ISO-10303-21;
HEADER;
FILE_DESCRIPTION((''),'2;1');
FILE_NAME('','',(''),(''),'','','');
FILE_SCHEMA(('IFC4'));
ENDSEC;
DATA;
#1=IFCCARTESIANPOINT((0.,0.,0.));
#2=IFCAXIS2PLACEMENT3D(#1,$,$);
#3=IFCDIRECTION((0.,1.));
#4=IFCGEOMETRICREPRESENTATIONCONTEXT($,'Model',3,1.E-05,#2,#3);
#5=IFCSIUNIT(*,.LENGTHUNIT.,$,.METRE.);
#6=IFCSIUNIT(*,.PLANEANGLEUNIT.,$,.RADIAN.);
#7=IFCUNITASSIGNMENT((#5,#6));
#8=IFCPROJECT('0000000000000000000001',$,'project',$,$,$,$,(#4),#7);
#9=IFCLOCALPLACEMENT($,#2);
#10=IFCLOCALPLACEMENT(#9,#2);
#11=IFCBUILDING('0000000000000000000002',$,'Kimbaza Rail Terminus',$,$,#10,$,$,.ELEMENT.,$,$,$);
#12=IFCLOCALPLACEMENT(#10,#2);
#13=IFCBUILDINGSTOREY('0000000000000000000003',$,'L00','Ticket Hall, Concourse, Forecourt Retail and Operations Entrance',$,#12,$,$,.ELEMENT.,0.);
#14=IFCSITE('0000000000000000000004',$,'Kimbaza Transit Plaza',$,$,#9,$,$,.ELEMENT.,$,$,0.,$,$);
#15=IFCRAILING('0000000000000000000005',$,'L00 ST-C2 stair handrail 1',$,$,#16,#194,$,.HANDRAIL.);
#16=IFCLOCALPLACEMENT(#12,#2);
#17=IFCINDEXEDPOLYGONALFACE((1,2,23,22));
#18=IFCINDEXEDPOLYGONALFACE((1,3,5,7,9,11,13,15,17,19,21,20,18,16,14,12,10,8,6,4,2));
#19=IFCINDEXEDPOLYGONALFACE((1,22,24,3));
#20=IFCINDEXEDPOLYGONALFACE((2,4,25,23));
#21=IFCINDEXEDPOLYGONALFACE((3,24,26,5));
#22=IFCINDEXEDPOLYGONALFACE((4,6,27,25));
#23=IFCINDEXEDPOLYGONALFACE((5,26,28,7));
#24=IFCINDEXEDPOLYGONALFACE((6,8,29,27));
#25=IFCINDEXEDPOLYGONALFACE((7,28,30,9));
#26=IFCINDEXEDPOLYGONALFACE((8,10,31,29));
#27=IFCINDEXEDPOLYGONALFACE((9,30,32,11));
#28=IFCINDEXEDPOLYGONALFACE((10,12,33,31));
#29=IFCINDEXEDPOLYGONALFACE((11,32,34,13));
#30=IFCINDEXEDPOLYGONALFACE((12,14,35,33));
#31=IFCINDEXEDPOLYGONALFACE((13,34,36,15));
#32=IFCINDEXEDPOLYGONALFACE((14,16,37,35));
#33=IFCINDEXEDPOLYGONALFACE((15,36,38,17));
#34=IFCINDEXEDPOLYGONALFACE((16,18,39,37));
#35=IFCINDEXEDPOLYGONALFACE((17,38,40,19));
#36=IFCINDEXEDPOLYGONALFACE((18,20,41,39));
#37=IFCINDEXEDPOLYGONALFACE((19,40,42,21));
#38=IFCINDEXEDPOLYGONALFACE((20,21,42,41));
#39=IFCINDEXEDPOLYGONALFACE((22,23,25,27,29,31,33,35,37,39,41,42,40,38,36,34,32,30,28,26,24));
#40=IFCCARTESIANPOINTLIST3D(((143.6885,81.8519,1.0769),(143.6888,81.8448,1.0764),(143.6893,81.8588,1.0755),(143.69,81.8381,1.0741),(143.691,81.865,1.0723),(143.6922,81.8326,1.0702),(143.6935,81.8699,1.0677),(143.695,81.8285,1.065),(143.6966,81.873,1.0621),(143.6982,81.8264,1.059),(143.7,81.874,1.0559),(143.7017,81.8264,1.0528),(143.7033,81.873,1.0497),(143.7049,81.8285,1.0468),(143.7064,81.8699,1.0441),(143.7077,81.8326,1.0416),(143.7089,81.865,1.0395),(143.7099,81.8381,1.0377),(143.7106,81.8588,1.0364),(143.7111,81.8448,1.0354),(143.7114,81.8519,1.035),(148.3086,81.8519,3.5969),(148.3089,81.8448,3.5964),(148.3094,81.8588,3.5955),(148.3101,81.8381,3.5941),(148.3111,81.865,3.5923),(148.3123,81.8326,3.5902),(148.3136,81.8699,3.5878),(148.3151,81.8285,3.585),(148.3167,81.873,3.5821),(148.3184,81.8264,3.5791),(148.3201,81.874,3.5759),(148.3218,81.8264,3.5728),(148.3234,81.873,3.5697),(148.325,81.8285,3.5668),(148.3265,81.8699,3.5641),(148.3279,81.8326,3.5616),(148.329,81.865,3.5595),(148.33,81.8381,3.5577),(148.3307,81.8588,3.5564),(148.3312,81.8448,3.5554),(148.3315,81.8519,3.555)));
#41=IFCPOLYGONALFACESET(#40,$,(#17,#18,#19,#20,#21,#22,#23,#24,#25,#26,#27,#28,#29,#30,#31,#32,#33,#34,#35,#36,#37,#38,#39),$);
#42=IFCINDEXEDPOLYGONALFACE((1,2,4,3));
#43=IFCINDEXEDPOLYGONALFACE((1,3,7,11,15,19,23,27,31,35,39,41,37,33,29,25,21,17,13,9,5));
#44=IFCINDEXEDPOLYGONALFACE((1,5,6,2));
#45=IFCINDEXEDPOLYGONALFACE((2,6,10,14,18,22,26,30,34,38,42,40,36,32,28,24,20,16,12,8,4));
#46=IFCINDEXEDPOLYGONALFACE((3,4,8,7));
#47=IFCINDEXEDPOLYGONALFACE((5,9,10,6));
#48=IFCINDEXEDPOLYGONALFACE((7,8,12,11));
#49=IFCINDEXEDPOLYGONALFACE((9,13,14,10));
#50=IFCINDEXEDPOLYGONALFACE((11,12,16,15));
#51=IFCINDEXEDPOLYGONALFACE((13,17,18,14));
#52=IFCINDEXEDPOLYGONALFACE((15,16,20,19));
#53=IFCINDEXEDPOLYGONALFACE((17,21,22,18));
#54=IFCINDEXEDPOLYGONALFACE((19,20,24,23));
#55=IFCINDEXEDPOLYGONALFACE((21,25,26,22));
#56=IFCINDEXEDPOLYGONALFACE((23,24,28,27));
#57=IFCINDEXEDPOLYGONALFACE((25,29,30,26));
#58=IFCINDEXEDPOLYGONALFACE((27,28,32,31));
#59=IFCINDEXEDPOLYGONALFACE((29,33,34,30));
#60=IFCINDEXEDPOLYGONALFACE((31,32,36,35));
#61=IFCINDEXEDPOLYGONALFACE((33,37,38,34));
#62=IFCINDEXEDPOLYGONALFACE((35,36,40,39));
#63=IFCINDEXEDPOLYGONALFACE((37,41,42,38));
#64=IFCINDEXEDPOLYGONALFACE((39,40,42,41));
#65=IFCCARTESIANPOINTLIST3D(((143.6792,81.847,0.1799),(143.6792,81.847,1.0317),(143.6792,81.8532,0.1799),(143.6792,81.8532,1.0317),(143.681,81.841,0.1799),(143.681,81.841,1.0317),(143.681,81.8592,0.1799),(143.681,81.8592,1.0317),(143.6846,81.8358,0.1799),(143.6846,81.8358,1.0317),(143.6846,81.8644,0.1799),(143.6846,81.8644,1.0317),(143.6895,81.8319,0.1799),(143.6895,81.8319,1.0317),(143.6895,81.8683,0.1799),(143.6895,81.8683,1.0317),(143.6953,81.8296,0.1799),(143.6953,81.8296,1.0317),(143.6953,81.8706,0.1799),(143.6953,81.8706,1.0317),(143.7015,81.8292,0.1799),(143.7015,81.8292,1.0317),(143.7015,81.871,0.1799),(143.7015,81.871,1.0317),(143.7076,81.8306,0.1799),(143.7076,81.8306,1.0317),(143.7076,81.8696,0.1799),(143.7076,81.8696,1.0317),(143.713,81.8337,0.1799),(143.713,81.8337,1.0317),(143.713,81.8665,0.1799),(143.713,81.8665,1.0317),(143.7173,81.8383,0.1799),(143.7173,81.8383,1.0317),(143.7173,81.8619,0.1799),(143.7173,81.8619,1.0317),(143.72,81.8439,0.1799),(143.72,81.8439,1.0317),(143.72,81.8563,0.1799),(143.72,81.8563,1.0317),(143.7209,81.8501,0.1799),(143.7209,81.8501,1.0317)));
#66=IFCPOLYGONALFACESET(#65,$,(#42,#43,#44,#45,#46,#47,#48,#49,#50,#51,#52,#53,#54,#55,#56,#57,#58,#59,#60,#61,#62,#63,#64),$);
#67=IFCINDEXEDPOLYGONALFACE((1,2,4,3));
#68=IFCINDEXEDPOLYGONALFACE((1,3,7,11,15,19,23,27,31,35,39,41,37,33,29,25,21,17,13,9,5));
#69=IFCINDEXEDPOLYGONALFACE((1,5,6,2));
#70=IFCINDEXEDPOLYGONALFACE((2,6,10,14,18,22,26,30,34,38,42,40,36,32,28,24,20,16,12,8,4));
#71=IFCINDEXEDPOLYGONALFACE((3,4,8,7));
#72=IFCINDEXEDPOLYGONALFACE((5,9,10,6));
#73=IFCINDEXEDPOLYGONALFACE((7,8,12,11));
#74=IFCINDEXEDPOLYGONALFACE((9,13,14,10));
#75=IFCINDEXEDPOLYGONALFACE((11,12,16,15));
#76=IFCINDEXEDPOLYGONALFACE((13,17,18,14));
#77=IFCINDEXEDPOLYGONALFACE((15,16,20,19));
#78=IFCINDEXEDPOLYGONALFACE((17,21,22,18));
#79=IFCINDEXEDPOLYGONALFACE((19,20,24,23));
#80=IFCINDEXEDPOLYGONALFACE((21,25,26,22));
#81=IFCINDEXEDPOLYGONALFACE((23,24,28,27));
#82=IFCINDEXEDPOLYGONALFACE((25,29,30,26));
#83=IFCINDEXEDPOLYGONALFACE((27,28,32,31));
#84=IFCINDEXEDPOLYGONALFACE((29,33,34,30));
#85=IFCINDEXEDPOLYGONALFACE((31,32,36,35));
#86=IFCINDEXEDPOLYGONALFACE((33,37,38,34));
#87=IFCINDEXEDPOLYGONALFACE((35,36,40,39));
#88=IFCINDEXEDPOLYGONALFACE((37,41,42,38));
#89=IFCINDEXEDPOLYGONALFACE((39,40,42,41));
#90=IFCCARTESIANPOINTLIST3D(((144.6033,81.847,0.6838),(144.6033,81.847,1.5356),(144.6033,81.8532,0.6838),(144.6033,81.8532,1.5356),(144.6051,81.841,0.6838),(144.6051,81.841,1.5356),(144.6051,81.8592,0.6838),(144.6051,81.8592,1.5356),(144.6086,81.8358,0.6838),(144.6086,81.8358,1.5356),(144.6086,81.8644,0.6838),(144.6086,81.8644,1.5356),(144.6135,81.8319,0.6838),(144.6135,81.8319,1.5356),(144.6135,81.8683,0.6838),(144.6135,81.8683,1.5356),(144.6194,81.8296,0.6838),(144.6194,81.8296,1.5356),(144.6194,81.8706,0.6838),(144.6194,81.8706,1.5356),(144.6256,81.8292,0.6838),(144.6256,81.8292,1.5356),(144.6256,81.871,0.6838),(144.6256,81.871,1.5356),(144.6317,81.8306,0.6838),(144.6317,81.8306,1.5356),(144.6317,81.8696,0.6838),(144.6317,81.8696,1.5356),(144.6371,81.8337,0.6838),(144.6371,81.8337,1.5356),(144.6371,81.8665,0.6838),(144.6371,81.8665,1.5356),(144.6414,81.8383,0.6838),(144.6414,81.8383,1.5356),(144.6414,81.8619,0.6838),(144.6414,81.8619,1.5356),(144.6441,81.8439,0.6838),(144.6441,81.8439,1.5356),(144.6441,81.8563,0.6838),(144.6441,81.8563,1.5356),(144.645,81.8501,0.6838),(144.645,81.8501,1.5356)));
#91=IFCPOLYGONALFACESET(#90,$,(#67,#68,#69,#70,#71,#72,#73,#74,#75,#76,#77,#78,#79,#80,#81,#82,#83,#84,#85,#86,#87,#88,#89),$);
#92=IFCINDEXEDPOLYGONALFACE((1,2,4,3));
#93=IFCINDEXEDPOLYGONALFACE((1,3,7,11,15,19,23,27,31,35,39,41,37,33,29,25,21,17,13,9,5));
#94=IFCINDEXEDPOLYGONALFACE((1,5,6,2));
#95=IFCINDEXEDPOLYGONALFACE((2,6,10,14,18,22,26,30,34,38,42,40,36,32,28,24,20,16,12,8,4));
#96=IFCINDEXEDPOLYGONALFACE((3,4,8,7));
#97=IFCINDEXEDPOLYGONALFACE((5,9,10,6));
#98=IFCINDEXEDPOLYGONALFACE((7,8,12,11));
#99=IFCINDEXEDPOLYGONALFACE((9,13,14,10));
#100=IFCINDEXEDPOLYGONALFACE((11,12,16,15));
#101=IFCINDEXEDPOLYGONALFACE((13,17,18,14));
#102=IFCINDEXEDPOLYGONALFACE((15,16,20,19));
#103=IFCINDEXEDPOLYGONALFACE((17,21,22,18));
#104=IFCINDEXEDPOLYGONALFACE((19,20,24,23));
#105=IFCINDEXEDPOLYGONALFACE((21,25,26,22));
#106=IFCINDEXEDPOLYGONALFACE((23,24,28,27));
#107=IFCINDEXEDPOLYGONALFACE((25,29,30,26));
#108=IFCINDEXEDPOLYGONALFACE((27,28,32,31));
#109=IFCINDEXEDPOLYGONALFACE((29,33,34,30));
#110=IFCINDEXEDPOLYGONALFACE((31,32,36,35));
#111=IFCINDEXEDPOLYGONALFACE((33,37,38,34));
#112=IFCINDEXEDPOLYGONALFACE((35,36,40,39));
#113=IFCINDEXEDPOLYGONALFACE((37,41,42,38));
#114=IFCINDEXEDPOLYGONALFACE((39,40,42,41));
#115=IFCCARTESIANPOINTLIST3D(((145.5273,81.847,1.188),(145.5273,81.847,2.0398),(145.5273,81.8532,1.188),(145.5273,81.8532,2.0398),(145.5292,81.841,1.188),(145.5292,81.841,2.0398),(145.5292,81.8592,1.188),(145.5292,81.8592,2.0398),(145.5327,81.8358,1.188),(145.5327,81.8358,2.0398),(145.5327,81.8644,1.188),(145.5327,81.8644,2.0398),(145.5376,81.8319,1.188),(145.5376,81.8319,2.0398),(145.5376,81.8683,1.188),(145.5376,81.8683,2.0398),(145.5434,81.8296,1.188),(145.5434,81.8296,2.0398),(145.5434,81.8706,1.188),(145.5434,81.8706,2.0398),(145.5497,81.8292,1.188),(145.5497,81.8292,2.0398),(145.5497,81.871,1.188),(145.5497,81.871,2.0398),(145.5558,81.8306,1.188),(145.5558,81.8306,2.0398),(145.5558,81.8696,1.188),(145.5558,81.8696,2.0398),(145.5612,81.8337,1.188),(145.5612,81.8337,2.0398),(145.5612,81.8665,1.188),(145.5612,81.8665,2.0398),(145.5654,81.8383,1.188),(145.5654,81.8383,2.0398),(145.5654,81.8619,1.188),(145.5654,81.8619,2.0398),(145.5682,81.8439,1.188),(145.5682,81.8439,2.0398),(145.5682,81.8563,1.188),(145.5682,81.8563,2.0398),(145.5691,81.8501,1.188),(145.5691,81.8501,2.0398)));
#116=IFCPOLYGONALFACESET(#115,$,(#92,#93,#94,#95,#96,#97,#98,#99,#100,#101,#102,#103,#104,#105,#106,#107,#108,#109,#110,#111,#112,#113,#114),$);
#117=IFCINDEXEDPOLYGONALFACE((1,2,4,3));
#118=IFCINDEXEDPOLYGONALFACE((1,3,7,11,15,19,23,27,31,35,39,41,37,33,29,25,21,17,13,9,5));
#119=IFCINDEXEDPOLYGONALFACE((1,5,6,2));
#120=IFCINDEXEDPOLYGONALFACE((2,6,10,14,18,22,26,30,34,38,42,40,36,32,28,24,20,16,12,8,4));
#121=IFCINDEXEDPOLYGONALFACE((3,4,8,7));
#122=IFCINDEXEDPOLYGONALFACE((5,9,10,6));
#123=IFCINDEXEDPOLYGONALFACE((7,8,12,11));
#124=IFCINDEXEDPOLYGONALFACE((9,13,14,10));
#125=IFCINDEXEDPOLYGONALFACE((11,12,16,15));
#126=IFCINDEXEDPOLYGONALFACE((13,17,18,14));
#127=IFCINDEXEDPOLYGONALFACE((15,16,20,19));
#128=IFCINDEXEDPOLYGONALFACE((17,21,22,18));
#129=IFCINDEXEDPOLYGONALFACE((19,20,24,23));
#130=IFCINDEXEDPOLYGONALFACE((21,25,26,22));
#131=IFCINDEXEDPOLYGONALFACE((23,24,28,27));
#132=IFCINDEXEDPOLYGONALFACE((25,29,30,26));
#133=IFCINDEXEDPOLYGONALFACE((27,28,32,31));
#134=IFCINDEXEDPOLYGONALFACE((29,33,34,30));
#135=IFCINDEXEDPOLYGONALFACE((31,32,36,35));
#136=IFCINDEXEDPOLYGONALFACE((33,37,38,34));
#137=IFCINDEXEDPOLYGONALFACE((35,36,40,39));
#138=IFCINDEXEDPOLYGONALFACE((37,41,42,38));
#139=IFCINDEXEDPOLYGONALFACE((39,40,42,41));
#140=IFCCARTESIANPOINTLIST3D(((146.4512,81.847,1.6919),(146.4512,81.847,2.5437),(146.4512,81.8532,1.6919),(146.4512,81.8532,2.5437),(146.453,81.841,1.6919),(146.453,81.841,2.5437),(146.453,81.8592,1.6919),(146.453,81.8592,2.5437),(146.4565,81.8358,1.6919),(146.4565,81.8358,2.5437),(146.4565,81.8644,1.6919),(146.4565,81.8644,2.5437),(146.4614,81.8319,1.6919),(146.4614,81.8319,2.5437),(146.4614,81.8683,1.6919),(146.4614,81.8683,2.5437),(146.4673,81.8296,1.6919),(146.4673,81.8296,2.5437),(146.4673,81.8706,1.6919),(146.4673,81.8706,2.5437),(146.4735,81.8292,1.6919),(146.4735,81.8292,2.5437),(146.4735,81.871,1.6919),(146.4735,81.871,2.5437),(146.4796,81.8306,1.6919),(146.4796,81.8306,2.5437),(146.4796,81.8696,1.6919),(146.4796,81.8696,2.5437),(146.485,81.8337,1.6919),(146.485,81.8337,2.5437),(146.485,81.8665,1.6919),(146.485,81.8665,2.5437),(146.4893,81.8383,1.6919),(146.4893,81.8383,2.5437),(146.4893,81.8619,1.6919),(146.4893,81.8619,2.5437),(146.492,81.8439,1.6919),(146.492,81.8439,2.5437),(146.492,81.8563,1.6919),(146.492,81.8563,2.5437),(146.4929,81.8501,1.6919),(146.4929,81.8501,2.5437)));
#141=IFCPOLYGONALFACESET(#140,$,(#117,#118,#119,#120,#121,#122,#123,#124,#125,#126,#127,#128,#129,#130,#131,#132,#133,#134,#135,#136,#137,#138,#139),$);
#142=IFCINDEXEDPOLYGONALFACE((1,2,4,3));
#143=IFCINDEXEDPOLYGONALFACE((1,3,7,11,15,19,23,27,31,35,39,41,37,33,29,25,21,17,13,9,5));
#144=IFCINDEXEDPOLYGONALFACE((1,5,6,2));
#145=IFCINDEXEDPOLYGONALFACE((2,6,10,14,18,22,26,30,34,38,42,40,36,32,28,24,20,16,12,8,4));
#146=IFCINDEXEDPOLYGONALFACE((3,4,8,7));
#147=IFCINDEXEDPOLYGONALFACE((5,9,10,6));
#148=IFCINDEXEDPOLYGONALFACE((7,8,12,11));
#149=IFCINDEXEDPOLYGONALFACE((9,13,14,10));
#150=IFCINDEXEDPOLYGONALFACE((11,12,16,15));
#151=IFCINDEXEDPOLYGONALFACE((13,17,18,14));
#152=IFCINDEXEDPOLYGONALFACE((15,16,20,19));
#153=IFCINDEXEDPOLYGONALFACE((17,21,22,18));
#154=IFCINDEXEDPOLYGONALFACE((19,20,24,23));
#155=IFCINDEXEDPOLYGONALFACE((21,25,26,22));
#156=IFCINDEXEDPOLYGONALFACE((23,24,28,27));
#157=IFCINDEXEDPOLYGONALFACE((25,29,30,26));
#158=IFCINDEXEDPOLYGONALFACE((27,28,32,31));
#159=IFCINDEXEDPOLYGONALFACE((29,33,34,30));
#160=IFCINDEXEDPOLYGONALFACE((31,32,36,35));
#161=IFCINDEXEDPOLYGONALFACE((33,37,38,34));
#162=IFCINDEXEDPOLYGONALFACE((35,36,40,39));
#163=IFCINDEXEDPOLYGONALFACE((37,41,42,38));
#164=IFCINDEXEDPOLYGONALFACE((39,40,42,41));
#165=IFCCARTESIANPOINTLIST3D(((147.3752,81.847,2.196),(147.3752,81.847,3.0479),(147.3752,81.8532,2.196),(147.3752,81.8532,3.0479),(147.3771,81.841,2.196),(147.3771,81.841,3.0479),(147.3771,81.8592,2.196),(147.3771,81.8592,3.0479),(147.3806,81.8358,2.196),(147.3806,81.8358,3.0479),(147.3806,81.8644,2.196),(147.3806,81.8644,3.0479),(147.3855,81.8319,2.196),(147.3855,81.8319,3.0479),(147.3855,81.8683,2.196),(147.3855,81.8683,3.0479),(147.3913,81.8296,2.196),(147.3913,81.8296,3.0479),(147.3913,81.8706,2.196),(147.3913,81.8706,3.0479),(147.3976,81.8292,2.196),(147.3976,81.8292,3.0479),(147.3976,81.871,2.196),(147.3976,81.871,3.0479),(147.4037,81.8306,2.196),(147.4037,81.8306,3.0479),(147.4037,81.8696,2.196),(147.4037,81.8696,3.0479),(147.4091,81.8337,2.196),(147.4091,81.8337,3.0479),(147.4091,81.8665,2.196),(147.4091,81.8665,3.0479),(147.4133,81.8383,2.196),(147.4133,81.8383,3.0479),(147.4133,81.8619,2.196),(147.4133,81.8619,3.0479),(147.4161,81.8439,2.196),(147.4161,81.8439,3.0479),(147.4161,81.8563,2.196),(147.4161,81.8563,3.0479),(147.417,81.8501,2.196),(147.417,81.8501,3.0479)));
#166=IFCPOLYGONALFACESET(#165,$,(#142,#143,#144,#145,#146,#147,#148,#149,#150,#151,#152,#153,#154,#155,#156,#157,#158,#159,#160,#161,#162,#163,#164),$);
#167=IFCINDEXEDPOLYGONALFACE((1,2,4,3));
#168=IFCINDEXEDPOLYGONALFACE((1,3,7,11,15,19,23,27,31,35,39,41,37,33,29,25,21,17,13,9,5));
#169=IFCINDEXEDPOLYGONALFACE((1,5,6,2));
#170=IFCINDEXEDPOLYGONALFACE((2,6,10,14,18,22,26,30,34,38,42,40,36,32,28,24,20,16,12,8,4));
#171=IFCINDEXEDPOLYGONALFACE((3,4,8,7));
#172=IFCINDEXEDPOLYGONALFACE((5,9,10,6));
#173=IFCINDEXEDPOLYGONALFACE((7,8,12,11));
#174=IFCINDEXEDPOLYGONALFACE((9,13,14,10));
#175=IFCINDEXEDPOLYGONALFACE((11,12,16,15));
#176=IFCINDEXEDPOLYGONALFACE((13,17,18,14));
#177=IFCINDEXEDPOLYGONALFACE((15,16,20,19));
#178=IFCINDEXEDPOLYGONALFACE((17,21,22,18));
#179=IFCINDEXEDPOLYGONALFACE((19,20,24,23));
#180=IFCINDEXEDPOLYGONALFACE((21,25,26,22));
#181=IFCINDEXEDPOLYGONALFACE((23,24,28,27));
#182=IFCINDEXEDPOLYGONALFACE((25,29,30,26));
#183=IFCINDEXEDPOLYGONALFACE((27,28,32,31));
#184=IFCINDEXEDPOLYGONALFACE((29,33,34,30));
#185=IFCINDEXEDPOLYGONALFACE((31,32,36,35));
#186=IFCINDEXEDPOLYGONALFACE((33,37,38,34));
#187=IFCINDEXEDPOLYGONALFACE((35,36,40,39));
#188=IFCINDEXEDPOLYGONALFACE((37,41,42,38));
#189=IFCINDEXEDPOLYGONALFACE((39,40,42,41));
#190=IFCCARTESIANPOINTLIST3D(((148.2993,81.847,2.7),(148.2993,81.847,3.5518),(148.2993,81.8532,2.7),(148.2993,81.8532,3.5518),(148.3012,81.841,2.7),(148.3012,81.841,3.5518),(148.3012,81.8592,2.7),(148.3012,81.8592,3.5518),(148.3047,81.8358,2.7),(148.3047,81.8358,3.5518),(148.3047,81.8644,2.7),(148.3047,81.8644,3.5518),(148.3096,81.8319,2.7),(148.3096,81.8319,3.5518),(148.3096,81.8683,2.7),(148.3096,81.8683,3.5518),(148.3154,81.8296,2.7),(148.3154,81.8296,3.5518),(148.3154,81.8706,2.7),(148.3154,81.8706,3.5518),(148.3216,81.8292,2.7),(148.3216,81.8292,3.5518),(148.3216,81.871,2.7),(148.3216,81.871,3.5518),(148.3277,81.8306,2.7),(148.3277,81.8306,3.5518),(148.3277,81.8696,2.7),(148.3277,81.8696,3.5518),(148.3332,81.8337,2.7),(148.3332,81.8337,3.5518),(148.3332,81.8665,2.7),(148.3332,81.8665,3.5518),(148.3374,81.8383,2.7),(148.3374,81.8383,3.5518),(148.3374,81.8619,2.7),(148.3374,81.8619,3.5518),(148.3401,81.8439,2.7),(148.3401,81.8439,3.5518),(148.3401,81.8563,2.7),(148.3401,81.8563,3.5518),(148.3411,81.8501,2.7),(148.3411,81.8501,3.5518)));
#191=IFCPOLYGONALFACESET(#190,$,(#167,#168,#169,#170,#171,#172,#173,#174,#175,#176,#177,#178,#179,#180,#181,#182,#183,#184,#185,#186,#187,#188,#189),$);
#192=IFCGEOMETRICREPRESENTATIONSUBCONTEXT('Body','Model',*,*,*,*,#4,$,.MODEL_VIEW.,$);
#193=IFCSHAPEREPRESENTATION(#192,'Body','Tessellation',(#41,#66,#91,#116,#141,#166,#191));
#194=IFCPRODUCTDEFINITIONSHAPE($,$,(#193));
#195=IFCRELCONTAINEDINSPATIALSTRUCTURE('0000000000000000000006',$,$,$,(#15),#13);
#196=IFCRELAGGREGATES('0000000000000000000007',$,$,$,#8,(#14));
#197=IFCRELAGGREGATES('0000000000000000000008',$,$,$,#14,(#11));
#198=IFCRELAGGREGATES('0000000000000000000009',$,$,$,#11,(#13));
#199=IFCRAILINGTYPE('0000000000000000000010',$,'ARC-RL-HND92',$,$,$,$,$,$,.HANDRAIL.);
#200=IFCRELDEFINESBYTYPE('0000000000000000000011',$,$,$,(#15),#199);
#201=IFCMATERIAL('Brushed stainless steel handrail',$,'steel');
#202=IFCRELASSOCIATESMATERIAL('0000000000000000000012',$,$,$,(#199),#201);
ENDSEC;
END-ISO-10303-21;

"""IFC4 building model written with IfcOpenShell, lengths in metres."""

from ifc_helpers import new_model, si_unit, direction, frame, origin, origin_2d, place, context, subcontext, project, spatial, circle, extrude, material, type_object, element, save


model = new_model("IFC4")

# Units and contexts
model_context = context("Model", 3, precision=1e-05, world=origin(), true_north=direction((0.0, 1.0)))
body_context = subcontext(model_context, "Body", "Model", "MODEL_VIEW")
ifc_project = project(units=[si_unit("LENGTHUNIT", "METRE"), si_unit("PLANEANGLEUNIT", "RADIAN")], contexts=[model_context])

# Site, building, storey
site_placement = place(None, origin())
site = spatial("IfcSite", under=ifc_project, at=site_placement, Name="Kimbaza Transit Plaza", CompositionType="ELEMENT", RefElevation=0.0)
building_placement = place(site_placement, origin())
building = spatial("IfcBuilding", under=site, at=building_placement, Name="Kimbaza Rail Terminus", CompositionType="ELEMENT")
storey_placement = place(building_placement, origin())
storey = spatial("IfcBuildingStorey", under=building, at=storey_placement, Name="L00", Description="Ticket Hall, Concourse, Forecourt Retail and Operations Entrance", CompositionType="ELEMENT", Elevation=0.0)

# Railing
ifc_material_1 = material(Name="Brushed stainless steel handrail", Category="steel")
railing_type_1 = type_object("IfcRailingType", Name="ARC-RL-HND92", PredefinedType="HANDRAIL", material=ifc_material_1)
for number, where, name in (
    (1, (143.7, 81.8501, 0.1799), "L00 ST-C2 stair handrail 1"),
):
    element("IfcRailing", number, at=place(storey_placement, frame(where)), inside=storey, type_object=railing_type_1, Name=name, PredefinedType="HANDRAIL", context=body_context, shape_type="SweptSolid", body=[
        extrude(circle(Radius=0.0239, at=origin_2d()), frame((0.0, 0.0, 0.876), z_axis=(0.877899, 0.0, 0.478846), x_axis=(0.0, 1.0, 0.0)), (0.0, 0.0, 1.0), 5.2627),
        extrude(circle(Radius=0.021, at=origin_2d()), origin(), (0.0, 0.0, 1.0), 0.8518),
        extrude(circle(Radius=0.021, at=origin_2d()), frame((0.9241, 0.0, 0.5039)), (0.0, 0.0, 1.0), 0.8518),
        extrude(circle(Radius=0.021, at=origin_2d()), frame((1.8481, 0.0, 1.0081)), (0.0, 0.0, 1.0), 0.8518),
        extrude(circle(Radius=0.021, at=origin_2d()), frame((2.772, 0.0, 1.512)), (0.0, 0.0, 1.0), 0.8518),
        extrude(circle(Radius=0.021, at=origin_2d()), frame((3.696, 0.0, 2.0161)), (0.0, 0.0, 1.0), 0.8518),
        extrude(circle(Radius=0.021, at=origin_2d()), frame((4.6201, 0.0, 2.52)), (0.0, 0.0, 1.0), 0.8518),
    ])

save(model, "model.ifc")
